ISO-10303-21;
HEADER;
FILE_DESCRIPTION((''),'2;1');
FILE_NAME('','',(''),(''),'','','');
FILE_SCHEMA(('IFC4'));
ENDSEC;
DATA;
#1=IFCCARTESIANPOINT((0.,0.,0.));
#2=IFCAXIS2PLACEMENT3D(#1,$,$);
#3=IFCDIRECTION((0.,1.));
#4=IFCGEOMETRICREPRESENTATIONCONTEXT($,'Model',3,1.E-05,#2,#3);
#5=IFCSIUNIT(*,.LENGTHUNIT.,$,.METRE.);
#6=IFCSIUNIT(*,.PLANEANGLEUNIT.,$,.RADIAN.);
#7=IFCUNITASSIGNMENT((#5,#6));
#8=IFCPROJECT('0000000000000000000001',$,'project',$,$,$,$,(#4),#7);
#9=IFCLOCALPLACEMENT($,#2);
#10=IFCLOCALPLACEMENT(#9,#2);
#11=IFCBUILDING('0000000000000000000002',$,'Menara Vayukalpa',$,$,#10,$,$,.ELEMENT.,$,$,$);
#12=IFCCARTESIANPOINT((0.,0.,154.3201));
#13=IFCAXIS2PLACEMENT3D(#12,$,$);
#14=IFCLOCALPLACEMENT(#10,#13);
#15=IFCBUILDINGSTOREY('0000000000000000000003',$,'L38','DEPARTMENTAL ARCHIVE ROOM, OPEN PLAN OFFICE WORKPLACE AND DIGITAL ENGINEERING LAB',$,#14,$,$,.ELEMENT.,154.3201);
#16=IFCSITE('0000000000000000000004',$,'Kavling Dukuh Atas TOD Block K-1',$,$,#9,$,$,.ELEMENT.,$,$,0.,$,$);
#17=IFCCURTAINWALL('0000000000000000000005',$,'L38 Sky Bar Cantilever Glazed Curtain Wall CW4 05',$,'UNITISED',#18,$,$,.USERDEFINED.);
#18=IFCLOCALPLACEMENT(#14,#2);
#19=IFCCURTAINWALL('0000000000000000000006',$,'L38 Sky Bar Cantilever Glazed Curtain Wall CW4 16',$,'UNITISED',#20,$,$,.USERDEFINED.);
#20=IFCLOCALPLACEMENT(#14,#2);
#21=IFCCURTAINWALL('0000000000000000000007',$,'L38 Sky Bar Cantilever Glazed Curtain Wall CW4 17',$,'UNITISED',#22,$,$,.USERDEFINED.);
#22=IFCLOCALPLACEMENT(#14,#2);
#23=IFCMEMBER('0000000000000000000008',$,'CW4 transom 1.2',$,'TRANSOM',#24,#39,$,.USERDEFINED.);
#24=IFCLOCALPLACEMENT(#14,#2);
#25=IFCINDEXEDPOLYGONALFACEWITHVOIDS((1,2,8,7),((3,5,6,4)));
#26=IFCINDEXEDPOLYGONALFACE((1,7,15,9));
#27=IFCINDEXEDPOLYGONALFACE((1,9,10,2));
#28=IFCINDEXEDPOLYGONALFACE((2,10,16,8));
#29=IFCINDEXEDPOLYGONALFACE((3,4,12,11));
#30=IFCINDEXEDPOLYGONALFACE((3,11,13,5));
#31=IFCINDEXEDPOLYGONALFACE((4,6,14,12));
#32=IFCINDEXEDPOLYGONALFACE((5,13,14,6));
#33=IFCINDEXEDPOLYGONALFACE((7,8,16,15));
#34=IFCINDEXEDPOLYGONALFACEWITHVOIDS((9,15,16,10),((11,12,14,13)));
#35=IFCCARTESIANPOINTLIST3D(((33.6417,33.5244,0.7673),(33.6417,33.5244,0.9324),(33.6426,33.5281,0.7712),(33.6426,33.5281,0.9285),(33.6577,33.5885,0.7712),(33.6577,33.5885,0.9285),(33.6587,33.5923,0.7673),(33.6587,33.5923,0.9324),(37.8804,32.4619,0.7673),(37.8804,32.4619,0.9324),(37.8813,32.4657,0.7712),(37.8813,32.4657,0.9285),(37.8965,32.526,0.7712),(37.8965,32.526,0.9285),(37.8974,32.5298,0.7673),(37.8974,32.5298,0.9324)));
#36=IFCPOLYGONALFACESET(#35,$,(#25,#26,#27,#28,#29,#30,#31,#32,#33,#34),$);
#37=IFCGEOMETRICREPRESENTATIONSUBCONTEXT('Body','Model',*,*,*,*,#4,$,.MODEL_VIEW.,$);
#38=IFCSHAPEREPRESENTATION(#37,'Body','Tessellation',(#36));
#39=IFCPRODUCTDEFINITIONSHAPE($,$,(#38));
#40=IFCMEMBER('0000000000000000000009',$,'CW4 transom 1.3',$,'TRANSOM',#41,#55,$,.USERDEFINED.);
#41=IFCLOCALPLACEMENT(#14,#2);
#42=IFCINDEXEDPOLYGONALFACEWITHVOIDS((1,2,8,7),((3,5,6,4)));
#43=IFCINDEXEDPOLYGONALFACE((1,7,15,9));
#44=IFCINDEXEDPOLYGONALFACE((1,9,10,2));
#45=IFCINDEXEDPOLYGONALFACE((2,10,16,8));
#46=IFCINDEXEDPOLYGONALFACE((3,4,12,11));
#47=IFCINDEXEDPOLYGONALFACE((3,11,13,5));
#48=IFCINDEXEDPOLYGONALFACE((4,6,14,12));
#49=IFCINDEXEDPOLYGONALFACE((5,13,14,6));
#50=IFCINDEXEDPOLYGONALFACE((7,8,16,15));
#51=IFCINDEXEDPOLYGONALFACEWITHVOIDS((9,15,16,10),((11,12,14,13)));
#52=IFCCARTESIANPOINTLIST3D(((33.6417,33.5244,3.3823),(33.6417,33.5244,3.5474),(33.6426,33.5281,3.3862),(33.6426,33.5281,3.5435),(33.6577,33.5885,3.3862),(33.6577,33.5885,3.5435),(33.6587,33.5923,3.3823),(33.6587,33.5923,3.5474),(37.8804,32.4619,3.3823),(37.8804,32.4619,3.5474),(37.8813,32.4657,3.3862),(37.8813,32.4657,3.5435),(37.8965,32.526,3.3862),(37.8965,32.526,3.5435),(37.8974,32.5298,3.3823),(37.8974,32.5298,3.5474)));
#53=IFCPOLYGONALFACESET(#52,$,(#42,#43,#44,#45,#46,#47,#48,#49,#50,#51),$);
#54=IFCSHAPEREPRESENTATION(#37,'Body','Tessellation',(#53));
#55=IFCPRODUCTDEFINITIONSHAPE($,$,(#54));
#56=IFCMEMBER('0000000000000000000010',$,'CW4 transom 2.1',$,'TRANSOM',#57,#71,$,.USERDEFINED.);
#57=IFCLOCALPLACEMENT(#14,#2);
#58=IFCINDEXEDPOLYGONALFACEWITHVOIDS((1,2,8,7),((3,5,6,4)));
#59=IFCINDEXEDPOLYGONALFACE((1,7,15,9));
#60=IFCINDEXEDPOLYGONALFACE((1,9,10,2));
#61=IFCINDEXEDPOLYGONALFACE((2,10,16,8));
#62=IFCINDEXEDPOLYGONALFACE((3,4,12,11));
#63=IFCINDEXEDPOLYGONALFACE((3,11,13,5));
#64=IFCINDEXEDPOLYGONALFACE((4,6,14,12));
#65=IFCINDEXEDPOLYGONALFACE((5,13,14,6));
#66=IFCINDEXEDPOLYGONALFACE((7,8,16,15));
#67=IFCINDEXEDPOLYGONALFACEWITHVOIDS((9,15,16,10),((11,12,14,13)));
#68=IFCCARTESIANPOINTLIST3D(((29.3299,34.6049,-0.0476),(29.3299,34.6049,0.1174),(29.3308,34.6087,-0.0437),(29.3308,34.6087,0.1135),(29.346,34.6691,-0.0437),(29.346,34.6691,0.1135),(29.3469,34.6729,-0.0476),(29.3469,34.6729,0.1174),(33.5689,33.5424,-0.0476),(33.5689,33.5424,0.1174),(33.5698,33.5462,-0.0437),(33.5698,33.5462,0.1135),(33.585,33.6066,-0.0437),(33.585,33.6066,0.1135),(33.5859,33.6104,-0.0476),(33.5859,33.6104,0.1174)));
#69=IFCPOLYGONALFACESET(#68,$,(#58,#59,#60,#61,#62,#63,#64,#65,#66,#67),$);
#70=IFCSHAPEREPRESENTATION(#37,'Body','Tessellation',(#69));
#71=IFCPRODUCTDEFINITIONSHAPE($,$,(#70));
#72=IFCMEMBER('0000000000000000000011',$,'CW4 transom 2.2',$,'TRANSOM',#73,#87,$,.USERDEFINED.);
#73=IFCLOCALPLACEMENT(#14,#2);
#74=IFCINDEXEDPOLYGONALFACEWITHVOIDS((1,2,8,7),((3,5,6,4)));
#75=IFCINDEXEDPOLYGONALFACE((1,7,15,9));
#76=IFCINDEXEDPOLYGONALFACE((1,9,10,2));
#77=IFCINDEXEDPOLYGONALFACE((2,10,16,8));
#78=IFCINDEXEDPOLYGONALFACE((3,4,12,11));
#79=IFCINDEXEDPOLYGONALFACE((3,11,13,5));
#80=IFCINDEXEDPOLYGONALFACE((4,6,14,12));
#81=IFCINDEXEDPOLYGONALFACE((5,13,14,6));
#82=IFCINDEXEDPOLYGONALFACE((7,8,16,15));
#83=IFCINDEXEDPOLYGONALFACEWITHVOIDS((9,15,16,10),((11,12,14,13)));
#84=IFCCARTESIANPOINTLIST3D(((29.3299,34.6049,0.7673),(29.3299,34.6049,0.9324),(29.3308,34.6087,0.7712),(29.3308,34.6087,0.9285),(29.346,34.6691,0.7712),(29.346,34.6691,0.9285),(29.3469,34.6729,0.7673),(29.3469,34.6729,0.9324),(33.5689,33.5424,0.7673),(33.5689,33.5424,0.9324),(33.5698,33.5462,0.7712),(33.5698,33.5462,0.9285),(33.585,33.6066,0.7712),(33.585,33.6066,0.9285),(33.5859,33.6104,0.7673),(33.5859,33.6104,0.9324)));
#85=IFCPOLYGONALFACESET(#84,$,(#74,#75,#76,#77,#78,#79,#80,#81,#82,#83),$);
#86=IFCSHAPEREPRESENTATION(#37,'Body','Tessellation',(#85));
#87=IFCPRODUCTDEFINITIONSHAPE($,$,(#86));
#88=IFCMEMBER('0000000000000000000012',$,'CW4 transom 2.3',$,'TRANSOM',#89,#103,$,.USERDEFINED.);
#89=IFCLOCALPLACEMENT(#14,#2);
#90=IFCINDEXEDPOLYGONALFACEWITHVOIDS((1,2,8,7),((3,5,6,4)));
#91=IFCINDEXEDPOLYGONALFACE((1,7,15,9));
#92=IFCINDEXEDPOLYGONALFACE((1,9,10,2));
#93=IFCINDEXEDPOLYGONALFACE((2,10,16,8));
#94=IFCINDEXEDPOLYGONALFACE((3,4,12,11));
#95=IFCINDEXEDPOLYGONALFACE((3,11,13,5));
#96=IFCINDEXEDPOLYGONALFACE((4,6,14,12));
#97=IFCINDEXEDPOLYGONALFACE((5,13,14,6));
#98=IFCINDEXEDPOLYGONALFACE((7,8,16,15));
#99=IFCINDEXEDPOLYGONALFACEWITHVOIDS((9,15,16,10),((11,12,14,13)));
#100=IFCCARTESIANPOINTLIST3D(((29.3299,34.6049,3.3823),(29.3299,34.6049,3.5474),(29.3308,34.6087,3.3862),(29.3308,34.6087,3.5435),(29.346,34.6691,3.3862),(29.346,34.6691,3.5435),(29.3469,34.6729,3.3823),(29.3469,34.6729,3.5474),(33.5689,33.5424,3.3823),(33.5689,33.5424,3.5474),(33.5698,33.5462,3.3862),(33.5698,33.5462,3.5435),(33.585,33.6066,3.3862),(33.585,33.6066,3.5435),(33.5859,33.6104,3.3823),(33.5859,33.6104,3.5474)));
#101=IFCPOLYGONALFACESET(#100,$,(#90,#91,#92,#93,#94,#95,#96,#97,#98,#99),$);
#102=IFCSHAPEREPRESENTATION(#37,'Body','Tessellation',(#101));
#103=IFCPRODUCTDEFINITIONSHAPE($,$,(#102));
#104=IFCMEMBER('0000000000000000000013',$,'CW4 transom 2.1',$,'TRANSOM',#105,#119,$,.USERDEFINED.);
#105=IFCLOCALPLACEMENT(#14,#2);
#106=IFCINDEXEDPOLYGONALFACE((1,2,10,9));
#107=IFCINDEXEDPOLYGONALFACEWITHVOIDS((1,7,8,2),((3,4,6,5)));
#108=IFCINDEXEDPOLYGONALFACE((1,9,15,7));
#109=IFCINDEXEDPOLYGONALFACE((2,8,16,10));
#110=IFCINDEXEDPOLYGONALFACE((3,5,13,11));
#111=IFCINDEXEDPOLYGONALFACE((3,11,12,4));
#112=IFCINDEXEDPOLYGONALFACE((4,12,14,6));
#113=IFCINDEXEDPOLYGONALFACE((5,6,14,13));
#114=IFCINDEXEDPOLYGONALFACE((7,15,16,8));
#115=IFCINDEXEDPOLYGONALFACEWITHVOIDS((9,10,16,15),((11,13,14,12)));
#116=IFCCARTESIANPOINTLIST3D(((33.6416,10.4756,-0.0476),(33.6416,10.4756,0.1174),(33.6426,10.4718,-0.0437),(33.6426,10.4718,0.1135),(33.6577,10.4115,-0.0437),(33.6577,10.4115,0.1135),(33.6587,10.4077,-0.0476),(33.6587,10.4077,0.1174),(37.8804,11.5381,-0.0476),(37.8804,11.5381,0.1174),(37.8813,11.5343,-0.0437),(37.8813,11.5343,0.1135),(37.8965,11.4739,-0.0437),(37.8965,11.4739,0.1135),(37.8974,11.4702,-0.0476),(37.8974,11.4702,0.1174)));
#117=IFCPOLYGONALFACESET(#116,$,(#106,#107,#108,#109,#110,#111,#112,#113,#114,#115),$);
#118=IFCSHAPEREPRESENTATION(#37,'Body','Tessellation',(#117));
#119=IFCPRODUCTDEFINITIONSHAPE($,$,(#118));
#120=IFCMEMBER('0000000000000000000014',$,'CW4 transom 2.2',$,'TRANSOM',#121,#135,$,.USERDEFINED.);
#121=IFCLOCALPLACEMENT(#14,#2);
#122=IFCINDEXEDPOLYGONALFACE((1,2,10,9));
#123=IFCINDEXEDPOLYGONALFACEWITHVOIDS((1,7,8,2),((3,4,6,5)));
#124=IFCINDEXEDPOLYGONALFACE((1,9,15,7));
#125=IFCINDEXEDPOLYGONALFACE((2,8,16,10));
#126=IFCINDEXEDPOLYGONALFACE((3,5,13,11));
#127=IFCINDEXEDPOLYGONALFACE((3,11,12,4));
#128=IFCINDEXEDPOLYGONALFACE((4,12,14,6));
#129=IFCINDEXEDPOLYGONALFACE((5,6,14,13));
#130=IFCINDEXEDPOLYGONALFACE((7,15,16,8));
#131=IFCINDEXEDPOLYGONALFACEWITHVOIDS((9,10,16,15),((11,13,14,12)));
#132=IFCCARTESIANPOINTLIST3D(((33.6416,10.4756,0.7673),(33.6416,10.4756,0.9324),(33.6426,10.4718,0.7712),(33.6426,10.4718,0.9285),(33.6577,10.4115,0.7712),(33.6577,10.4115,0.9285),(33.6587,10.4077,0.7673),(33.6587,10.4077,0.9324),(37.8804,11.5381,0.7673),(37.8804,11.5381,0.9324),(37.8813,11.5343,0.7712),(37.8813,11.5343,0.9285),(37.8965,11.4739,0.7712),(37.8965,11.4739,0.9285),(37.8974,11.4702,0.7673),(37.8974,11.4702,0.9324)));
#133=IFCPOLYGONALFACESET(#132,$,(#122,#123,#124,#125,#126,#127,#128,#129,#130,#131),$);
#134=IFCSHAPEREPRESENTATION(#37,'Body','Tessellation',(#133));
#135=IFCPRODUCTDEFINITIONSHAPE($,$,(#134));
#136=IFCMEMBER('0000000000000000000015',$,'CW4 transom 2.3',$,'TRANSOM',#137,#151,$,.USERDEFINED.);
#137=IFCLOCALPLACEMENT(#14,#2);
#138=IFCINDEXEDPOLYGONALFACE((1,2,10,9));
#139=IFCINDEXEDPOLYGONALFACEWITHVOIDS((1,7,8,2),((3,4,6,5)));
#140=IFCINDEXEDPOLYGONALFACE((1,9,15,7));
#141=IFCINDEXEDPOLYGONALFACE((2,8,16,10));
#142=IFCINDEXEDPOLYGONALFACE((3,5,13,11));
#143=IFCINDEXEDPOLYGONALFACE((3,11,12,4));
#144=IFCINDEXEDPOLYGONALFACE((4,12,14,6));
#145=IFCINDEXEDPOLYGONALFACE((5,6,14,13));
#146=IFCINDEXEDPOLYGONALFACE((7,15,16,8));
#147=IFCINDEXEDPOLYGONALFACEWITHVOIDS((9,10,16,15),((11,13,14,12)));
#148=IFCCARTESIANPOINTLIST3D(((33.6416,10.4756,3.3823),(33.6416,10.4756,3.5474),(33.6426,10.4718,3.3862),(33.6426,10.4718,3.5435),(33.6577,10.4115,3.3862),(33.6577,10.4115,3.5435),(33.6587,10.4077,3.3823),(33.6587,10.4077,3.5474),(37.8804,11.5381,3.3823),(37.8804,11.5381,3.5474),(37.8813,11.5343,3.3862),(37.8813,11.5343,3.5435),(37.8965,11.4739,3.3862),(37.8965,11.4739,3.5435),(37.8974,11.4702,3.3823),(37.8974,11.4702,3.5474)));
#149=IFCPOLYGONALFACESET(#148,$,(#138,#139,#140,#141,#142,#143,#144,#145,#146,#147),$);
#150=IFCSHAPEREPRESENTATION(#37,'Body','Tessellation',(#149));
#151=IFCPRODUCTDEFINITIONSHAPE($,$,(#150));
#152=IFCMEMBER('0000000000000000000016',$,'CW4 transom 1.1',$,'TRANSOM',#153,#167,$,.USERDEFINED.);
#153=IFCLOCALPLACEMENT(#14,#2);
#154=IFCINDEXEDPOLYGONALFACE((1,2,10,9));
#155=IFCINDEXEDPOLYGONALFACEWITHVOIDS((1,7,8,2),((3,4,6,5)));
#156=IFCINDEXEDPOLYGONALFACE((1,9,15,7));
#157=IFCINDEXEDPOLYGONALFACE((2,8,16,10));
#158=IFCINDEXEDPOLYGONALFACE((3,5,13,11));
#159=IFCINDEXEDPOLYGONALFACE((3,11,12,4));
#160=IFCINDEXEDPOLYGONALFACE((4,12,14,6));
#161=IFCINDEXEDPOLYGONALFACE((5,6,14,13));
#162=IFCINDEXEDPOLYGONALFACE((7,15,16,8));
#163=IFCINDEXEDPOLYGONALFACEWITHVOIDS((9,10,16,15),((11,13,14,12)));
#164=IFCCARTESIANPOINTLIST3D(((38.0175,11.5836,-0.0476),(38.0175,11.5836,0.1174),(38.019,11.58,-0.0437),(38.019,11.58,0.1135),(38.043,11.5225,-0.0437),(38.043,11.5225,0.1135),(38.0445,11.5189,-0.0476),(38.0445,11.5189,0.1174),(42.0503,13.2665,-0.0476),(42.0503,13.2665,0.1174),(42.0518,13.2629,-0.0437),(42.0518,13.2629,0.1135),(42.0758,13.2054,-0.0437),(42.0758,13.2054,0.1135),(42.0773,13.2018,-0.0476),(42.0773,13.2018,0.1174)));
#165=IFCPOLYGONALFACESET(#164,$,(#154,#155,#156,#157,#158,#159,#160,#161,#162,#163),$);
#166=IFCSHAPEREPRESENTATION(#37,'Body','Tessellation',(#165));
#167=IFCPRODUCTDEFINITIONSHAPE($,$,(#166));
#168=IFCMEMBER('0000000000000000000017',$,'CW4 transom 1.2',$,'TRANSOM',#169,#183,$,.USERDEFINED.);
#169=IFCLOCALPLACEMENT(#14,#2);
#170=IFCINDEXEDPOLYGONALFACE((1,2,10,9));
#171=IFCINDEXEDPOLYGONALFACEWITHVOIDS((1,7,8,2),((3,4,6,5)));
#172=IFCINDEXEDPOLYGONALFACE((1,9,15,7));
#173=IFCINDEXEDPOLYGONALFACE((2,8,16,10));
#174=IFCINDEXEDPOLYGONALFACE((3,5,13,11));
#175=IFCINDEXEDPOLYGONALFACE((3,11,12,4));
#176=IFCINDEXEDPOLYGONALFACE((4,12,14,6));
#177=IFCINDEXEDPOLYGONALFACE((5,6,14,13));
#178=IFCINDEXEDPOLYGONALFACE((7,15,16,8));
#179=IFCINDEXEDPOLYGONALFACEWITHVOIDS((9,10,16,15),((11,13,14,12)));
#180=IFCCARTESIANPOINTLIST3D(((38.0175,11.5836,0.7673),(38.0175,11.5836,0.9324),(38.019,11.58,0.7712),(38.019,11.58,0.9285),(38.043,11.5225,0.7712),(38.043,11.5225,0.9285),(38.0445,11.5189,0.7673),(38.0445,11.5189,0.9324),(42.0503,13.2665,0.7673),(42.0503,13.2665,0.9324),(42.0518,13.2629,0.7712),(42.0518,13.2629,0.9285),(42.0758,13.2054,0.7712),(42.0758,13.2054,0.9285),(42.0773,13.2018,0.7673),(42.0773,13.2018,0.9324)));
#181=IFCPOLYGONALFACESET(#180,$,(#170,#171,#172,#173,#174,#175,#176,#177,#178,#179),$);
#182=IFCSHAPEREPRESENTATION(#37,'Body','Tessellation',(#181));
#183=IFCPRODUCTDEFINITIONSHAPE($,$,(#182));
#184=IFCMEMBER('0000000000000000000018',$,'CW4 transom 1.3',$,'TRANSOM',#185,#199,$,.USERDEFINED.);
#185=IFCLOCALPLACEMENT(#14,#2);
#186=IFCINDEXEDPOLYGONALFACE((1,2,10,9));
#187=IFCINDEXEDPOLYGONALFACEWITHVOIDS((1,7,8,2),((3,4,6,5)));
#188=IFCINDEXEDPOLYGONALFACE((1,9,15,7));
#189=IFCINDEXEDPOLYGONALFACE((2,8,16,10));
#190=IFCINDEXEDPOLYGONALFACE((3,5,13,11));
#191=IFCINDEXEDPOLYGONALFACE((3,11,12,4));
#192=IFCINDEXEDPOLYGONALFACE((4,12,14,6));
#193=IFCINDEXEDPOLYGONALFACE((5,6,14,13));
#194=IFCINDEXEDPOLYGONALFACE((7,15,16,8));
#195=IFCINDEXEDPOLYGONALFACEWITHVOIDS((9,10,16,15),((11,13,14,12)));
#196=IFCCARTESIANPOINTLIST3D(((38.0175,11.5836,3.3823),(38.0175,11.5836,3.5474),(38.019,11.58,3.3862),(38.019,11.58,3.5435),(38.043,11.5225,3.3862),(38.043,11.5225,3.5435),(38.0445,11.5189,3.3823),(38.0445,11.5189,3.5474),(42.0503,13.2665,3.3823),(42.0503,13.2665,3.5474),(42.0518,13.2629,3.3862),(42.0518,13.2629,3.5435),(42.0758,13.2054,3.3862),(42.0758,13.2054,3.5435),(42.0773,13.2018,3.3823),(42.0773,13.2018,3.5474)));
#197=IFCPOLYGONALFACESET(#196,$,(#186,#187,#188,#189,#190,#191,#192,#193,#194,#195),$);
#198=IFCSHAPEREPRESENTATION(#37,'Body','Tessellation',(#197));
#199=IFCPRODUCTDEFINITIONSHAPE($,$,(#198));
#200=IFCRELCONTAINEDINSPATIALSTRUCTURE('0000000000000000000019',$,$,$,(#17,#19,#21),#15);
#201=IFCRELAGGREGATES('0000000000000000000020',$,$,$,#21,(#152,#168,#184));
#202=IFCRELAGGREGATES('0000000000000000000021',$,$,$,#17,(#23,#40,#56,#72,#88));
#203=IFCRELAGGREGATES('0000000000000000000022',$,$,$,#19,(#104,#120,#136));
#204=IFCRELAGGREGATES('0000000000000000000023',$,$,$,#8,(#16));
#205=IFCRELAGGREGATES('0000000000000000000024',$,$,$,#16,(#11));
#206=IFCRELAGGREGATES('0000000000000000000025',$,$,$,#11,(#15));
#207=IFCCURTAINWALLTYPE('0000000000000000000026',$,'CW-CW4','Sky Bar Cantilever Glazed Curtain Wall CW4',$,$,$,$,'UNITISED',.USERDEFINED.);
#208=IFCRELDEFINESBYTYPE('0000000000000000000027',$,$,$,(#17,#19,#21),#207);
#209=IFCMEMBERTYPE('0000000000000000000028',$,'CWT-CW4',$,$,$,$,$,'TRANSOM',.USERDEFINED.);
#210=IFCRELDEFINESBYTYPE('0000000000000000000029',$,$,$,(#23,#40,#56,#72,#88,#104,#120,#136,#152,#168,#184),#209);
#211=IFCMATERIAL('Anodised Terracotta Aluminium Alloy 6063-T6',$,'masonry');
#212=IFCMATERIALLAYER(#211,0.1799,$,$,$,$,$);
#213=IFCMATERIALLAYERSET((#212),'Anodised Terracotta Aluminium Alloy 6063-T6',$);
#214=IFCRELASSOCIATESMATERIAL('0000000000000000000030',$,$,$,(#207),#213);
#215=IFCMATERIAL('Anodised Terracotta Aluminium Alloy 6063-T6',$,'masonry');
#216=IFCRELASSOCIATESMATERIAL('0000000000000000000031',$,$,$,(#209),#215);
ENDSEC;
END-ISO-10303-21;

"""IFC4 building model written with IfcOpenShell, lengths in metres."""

from ifc_helpers import new_model, si_unit, direction, frame, origin, origin_2d, place, context, subcontext, project, spatial, hollow_rectangle, extrude, material, layer, layer_set, material_profile, profile_set, type_object, element, aggregate, save


model = new_model("IFC4")

# Units and contexts
model_context = context("Model", 3, precision=1e-05, world=origin(), true_north=direction((0.0, 1.0)))
body_context = subcontext(model_context, "Body", "Model", "MODEL_VIEW")
ifc_project = project(units=[si_unit("LENGTHUNIT", "METRE"), si_unit("PLANEANGLEUNIT", "RADIAN")], contexts=[model_context])

# Site, building, storey
site_placement = place(None, origin())
site = spatial("IfcSite", under=ifc_project, at=site_placement, Name="Kavling Dukuh Atas TOD Block K-1", CompositionType="ELEMENT", RefElevation=0.0)
building_placement = place(site_placement, origin())
building = spatial("IfcBuilding", under=site, at=building_placement, Name="Menara Vayukalpa", CompositionType="ELEMENT")
storey_placement = place(building_placement, frame((0.0, 0.0, 154.3201)))
storey = spatial("IfcBuildingStorey", under=building, at=storey_placement, Name="L38", Description="DEPARTMENTAL ARCHIVE ROOM, OPEN PLAN OFFICE WORKPLACE AND DIGITAL ENGINEERING LAB", CompositionType="ELEMENT", Elevation=154.3201)

# Shared definitions
ifc_material_1 = material(Name="Anodised Terracotta Aluminium Alloy 6063-T6", Category="masonry")
ifc_layer_1 = layer(ifc_material_1, 0.1799)
ifc_layer_set_1 = layer_set([ifc_layer_1], Name="Anodised Terracotta Aluminium Alloy 6063-T6")
curtain_wall_type = type_object("IfcCurtainWallType", Name="CW-CW4", Description="Sky Bar Cantilever Glazed Curtain Wall CW4", ElementType="UNITISED", PredefinedType="USERDEFINED", material=ifc_layer_set_1)

# Curtain walls
curtain_wall_1_placement = place(storey_placement, origin())
curtain_wall_1 = element("IfcCurtainWall", 1, at=curtain_wall_1_placement, inside=storey, type_object=curtain_wall_type, Name="L38 Sky Bar Cantilever Glazed Curtain Wall CW4 05", ObjectType="UNITISED", PredefinedType="USERDEFINED")
curtain_wall_2_placement = place(storey_placement, origin())
curtain_wall_2 = element("IfcCurtainWall", 2, at=curtain_wall_2_placement, inside=storey, type_object=curtain_wall_type, Name="L38 Sky Bar Cantilever Glazed Curtain Wall CW4 16", ObjectType="UNITISED", PredefinedType="USERDEFINED")

# Curtain wall
curtain_wall_3_placement = place(storey_placement, origin())
curtain_wall_3 = element("IfcCurtainWall", 3, at=curtain_wall_3_placement, inside=storey, type_object=curtain_wall_type, Name="L38 Sky Bar Cantilever Glazed Curtain Wall CW4 17", ObjectType="UNITISED", PredefinedType="USERDEFINED")

# Members
ifc_material_2 = material(Name="Anodised Terracotta Aluminium Alloy 6063-T6", Category="masonry")
ifc_material_profile_1 = material_profile(ifc_material_2, hollow_rectangle(XDim=0.0701, YDim=0.165, WallThickness=0.0039, at=origin_2d()), Name="ALU 70x165x4")
ifc_profile_set_1 = profile_set([ifc_material_profile_1], Name="Anodised Terracotta Aluminium Alloy 6063-T6")
member_type_1 = type_object("IfcMemberType", Name="CWT-CW4", ElementType="TRANSOM", PredefinedType="USERDEFINED", material=ifc_profile_set_1)
member_1_placement = place(storey_placement, frame((37.8889, 32.4958, 0.8499), z_axis=(-0.969991, 0.24314, 0.0), x_axis=(-0.24314, -0.969991, 0.0)))
member_1 = element("IfcMember", 4, at=member_1_placement, type_object=member_type_1, Name="CW4 transom 1.2", ObjectType="TRANSOM", PredefinedType="USERDEFINED", context=body_context, shape_type="SweptSolid", body=[
    extrude(hollow_rectangle(XDim=0.0701, YDim=0.165, WallThickness=0.0039, at=origin_2d()), origin(), (0.0, 0.0, 1.0), 4.3699),
])
member_2_placement = place(storey_placement, frame((37.8889, 32.4958, 3.4648), z_axis=(-0.969991, 0.24314, 0.0), x_axis=(-0.24314, -0.969991, 0.0)))
member_2 = element("IfcMember", 5, at=member_2_placement, type_object=member_type_1, Name="CW4 transom 1.3", ObjectType="TRANSOM", PredefinedType="USERDEFINED", context=body_context, shape_type="SweptSolid", body=[
    extrude(hollow_rectangle(XDim=0.0701, YDim=0.165, WallThickness=0.0039, at=origin_2d()), origin(), (0.0, 0.0, 1.0), 4.3699),
])
member_3_placement = place(storey_placement, frame((33.5774, 33.5764, 0.0349), z_axis=(-0.969994, 0.243127, 0.0), x_axis=(-0.243127, -0.969994, 0.0)))
member_3 = element("IfcMember", 6, at=member_3_placement, type_object=member_type_1, Name="CW4 transom 2.1", ObjectType="TRANSOM", PredefinedType="USERDEFINED", context=body_context, shape_type="SweptSolid", body=[
    extrude(hollow_rectangle(XDim=0.0701, YDim=0.165, WallThickness=0.0039, at=origin_2d()), origin(), (0.0, 0.0, 1.0), 4.3701),
])
member_4_placement = place(storey_placement, frame((33.5774, 33.5764, 0.8499), z_axis=(-0.969994, 0.243127, 0.0), x_axis=(-0.243127, -0.969994, 0.0)))
member_4 = element("IfcMember", 7, at=member_4_placement, type_object=member_type_1, Name="CW4 transom 2.2", ObjectType="TRANSOM", PredefinedType="USERDEFINED", context=body_context, shape_type="SweptSolid", body=[
    extrude(hollow_rectangle(XDim=0.0701, YDim=0.165, WallThickness=0.0039, at=origin_2d()), origin(), (0.0, 0.0, 1.0), 4.3701),
])
member_5_placement = place(storey_placement, frame((33.5774, 33.5764, 3.4648), z_axis=(-0.969994, 0.243127, 0.0), x_axis=(-0.243127, -0.969994, 0.0)))
member_5 = element("IfcMember", 8, at=member_5_placement, type_object=member_type_1, Name="CW4 transom 2.3", ObjectType="TRANSOM", PredefinedType="USERDEFINED", context=body_context, shape_type="SweptSolid", body=[
    extrude(hollow_rectangle(XDim=0.0701, YDim=0.165, WallThickness=0.0039, at=origin_2d()), origin(), (0.0, 0.0, 1.0), 4.3701),
])
member_6_placement = place(storey_placement, frame((33.6501, 10.4417, 0.0349), z_axis=(0.969991, 0.24314, 0.0), x_axis=(-0.24314, 0.969991, 0.0)))
member_6 = element("IfcMember", 9, at=member_6_placement, type_object=member_type_1, Name="CW4 transom 2.1", ObjectType="TRANSOM", PredefinedType="USERDEFINED", context=body_context, shape_type="SweptSolid", body=[
    extrude(hollow_rectangle(XDim=0.0701, YDim=0.165, WallThickness=0.0039, at=origin_2d()), origin(), (0.0, 0.0, 1.0), 4.3699),
])
member_7_placement = place(storey_placement, frame((33.6501, 10.4417, 0.8499), z_axis=(0.969991, 0.24314, 0.0), x_axis=(-0.24314, 0.969991, 0.0)))
member_7 = element("IfcMember", 10, at=member_7_placement, type_object=member_type_1, Name="CW4 transom 2.2", ObjectType="TRANSOM", PredefinedType="USERDEFINED", context=body_context, shape_type="SweptSolid", body=[
    extrude(hollow_rectangle(XDim=0.0701, YDim=0.165, WallThickness=0.0039, at=origin_2d()), origin(), (0.0, 0.0, 1.0), 4.3699),
])
member_8_placement = place(storey_placement, frame((33.6501, 10.4417, 3.4648), z_axis=(0.969991, 0.24314, 0.0), x_axis=(-0.24314, 0.969991, 0.0)))
member_8 = element("IfcMember", 11, at=member_8_placement, type_object=member_type_1, Name="CW4 transom 2.3", ObjectType="TRANSOM", PredefinedType="USERDEFINED", context=body_context, shape_type="SweptSolid", body=[
    extrude(hollow_rectangle(XDim=0.0701, YDim=0.165, WallThickness=0.0039, at=origin_2d()), origin(), (0.0, 0.0, 1.0), 4.3699),
])
member_9_placement = place(storey_placement, frame((38.031, 11.5513, 0.0349), z_axis=(0.922869, 0.385115, 0.0), x_axis=(-0.385115, 0.922869, 0.0)))
member_9 = element("IfcMember", 12, at=member_9_placement, type_object=member_type_1, Name="CW4 transom 1.1", ObjectType="TRANSOM", PredefinedType="USERDEFINED", context=body_context, shape_type="SweptSolid", body=[
    extrude(hollow_rectangle(XDim=0.0701, YDim=0.165, WallThickness=0.0039, at=origin_2d()), origin(), (0.0, 0.0, 1.0), 4.3699),
])
member_10_placement = place(storey_placement, frame((38.031, 11.5513, 0.8499), z_axis=(0.922869, 0.385115, 0.0), x_axis=(-0.385115, 0.922869, 0.0)))
member_10 = element("IfcMember", 13, at=member_10_placement, type_object=member_type_1, Name="CW4 transom 1.2", ObjectType="TRANSOM", PredefinedType="USERDEFINED", context=body_context, shape_type="SweptSolid", body=[
    extrude(hollow_rectangle(XDim=0.0701, YDim=0.165, WallThickness=0.0039, at=origin_2d()), origin(), (0.0, 0.0, 1.0), 4.3699),
])
member_11_placement = place(storey_placement, frame((38.031, 11.5513, 3.4648), z_axis=(0.922869, 0.385115, 0.0), x_axis=(-0.385115, 0.922869, 0.0)))
member_11 = element("IfcMember", 14, at=member_11_placement, type_object=member_type_1, Name="CW4 transom 1.3", ObjectType="TRANSOM", PredefinedType="USERDEFINED", context=body_context, shape_type="SweptSolid", body=[
    extrude(hollow_rectangle(XDim=0.0701, YDim=0.165, WallThickness=0.0039, at=origin_2d()), origin(), (0.0, 0.0, 1.0), 4.3699),
])
aggregate(curtain_wall_3, [member_9, member_10, member_11])

aggregate(curtain_wall_1, [member_1, member_2, member_3, member_4, member_5])
aggregate(curtain_wall_2, [member_6, member_7, member_8])

save(model, "model.ifc")
